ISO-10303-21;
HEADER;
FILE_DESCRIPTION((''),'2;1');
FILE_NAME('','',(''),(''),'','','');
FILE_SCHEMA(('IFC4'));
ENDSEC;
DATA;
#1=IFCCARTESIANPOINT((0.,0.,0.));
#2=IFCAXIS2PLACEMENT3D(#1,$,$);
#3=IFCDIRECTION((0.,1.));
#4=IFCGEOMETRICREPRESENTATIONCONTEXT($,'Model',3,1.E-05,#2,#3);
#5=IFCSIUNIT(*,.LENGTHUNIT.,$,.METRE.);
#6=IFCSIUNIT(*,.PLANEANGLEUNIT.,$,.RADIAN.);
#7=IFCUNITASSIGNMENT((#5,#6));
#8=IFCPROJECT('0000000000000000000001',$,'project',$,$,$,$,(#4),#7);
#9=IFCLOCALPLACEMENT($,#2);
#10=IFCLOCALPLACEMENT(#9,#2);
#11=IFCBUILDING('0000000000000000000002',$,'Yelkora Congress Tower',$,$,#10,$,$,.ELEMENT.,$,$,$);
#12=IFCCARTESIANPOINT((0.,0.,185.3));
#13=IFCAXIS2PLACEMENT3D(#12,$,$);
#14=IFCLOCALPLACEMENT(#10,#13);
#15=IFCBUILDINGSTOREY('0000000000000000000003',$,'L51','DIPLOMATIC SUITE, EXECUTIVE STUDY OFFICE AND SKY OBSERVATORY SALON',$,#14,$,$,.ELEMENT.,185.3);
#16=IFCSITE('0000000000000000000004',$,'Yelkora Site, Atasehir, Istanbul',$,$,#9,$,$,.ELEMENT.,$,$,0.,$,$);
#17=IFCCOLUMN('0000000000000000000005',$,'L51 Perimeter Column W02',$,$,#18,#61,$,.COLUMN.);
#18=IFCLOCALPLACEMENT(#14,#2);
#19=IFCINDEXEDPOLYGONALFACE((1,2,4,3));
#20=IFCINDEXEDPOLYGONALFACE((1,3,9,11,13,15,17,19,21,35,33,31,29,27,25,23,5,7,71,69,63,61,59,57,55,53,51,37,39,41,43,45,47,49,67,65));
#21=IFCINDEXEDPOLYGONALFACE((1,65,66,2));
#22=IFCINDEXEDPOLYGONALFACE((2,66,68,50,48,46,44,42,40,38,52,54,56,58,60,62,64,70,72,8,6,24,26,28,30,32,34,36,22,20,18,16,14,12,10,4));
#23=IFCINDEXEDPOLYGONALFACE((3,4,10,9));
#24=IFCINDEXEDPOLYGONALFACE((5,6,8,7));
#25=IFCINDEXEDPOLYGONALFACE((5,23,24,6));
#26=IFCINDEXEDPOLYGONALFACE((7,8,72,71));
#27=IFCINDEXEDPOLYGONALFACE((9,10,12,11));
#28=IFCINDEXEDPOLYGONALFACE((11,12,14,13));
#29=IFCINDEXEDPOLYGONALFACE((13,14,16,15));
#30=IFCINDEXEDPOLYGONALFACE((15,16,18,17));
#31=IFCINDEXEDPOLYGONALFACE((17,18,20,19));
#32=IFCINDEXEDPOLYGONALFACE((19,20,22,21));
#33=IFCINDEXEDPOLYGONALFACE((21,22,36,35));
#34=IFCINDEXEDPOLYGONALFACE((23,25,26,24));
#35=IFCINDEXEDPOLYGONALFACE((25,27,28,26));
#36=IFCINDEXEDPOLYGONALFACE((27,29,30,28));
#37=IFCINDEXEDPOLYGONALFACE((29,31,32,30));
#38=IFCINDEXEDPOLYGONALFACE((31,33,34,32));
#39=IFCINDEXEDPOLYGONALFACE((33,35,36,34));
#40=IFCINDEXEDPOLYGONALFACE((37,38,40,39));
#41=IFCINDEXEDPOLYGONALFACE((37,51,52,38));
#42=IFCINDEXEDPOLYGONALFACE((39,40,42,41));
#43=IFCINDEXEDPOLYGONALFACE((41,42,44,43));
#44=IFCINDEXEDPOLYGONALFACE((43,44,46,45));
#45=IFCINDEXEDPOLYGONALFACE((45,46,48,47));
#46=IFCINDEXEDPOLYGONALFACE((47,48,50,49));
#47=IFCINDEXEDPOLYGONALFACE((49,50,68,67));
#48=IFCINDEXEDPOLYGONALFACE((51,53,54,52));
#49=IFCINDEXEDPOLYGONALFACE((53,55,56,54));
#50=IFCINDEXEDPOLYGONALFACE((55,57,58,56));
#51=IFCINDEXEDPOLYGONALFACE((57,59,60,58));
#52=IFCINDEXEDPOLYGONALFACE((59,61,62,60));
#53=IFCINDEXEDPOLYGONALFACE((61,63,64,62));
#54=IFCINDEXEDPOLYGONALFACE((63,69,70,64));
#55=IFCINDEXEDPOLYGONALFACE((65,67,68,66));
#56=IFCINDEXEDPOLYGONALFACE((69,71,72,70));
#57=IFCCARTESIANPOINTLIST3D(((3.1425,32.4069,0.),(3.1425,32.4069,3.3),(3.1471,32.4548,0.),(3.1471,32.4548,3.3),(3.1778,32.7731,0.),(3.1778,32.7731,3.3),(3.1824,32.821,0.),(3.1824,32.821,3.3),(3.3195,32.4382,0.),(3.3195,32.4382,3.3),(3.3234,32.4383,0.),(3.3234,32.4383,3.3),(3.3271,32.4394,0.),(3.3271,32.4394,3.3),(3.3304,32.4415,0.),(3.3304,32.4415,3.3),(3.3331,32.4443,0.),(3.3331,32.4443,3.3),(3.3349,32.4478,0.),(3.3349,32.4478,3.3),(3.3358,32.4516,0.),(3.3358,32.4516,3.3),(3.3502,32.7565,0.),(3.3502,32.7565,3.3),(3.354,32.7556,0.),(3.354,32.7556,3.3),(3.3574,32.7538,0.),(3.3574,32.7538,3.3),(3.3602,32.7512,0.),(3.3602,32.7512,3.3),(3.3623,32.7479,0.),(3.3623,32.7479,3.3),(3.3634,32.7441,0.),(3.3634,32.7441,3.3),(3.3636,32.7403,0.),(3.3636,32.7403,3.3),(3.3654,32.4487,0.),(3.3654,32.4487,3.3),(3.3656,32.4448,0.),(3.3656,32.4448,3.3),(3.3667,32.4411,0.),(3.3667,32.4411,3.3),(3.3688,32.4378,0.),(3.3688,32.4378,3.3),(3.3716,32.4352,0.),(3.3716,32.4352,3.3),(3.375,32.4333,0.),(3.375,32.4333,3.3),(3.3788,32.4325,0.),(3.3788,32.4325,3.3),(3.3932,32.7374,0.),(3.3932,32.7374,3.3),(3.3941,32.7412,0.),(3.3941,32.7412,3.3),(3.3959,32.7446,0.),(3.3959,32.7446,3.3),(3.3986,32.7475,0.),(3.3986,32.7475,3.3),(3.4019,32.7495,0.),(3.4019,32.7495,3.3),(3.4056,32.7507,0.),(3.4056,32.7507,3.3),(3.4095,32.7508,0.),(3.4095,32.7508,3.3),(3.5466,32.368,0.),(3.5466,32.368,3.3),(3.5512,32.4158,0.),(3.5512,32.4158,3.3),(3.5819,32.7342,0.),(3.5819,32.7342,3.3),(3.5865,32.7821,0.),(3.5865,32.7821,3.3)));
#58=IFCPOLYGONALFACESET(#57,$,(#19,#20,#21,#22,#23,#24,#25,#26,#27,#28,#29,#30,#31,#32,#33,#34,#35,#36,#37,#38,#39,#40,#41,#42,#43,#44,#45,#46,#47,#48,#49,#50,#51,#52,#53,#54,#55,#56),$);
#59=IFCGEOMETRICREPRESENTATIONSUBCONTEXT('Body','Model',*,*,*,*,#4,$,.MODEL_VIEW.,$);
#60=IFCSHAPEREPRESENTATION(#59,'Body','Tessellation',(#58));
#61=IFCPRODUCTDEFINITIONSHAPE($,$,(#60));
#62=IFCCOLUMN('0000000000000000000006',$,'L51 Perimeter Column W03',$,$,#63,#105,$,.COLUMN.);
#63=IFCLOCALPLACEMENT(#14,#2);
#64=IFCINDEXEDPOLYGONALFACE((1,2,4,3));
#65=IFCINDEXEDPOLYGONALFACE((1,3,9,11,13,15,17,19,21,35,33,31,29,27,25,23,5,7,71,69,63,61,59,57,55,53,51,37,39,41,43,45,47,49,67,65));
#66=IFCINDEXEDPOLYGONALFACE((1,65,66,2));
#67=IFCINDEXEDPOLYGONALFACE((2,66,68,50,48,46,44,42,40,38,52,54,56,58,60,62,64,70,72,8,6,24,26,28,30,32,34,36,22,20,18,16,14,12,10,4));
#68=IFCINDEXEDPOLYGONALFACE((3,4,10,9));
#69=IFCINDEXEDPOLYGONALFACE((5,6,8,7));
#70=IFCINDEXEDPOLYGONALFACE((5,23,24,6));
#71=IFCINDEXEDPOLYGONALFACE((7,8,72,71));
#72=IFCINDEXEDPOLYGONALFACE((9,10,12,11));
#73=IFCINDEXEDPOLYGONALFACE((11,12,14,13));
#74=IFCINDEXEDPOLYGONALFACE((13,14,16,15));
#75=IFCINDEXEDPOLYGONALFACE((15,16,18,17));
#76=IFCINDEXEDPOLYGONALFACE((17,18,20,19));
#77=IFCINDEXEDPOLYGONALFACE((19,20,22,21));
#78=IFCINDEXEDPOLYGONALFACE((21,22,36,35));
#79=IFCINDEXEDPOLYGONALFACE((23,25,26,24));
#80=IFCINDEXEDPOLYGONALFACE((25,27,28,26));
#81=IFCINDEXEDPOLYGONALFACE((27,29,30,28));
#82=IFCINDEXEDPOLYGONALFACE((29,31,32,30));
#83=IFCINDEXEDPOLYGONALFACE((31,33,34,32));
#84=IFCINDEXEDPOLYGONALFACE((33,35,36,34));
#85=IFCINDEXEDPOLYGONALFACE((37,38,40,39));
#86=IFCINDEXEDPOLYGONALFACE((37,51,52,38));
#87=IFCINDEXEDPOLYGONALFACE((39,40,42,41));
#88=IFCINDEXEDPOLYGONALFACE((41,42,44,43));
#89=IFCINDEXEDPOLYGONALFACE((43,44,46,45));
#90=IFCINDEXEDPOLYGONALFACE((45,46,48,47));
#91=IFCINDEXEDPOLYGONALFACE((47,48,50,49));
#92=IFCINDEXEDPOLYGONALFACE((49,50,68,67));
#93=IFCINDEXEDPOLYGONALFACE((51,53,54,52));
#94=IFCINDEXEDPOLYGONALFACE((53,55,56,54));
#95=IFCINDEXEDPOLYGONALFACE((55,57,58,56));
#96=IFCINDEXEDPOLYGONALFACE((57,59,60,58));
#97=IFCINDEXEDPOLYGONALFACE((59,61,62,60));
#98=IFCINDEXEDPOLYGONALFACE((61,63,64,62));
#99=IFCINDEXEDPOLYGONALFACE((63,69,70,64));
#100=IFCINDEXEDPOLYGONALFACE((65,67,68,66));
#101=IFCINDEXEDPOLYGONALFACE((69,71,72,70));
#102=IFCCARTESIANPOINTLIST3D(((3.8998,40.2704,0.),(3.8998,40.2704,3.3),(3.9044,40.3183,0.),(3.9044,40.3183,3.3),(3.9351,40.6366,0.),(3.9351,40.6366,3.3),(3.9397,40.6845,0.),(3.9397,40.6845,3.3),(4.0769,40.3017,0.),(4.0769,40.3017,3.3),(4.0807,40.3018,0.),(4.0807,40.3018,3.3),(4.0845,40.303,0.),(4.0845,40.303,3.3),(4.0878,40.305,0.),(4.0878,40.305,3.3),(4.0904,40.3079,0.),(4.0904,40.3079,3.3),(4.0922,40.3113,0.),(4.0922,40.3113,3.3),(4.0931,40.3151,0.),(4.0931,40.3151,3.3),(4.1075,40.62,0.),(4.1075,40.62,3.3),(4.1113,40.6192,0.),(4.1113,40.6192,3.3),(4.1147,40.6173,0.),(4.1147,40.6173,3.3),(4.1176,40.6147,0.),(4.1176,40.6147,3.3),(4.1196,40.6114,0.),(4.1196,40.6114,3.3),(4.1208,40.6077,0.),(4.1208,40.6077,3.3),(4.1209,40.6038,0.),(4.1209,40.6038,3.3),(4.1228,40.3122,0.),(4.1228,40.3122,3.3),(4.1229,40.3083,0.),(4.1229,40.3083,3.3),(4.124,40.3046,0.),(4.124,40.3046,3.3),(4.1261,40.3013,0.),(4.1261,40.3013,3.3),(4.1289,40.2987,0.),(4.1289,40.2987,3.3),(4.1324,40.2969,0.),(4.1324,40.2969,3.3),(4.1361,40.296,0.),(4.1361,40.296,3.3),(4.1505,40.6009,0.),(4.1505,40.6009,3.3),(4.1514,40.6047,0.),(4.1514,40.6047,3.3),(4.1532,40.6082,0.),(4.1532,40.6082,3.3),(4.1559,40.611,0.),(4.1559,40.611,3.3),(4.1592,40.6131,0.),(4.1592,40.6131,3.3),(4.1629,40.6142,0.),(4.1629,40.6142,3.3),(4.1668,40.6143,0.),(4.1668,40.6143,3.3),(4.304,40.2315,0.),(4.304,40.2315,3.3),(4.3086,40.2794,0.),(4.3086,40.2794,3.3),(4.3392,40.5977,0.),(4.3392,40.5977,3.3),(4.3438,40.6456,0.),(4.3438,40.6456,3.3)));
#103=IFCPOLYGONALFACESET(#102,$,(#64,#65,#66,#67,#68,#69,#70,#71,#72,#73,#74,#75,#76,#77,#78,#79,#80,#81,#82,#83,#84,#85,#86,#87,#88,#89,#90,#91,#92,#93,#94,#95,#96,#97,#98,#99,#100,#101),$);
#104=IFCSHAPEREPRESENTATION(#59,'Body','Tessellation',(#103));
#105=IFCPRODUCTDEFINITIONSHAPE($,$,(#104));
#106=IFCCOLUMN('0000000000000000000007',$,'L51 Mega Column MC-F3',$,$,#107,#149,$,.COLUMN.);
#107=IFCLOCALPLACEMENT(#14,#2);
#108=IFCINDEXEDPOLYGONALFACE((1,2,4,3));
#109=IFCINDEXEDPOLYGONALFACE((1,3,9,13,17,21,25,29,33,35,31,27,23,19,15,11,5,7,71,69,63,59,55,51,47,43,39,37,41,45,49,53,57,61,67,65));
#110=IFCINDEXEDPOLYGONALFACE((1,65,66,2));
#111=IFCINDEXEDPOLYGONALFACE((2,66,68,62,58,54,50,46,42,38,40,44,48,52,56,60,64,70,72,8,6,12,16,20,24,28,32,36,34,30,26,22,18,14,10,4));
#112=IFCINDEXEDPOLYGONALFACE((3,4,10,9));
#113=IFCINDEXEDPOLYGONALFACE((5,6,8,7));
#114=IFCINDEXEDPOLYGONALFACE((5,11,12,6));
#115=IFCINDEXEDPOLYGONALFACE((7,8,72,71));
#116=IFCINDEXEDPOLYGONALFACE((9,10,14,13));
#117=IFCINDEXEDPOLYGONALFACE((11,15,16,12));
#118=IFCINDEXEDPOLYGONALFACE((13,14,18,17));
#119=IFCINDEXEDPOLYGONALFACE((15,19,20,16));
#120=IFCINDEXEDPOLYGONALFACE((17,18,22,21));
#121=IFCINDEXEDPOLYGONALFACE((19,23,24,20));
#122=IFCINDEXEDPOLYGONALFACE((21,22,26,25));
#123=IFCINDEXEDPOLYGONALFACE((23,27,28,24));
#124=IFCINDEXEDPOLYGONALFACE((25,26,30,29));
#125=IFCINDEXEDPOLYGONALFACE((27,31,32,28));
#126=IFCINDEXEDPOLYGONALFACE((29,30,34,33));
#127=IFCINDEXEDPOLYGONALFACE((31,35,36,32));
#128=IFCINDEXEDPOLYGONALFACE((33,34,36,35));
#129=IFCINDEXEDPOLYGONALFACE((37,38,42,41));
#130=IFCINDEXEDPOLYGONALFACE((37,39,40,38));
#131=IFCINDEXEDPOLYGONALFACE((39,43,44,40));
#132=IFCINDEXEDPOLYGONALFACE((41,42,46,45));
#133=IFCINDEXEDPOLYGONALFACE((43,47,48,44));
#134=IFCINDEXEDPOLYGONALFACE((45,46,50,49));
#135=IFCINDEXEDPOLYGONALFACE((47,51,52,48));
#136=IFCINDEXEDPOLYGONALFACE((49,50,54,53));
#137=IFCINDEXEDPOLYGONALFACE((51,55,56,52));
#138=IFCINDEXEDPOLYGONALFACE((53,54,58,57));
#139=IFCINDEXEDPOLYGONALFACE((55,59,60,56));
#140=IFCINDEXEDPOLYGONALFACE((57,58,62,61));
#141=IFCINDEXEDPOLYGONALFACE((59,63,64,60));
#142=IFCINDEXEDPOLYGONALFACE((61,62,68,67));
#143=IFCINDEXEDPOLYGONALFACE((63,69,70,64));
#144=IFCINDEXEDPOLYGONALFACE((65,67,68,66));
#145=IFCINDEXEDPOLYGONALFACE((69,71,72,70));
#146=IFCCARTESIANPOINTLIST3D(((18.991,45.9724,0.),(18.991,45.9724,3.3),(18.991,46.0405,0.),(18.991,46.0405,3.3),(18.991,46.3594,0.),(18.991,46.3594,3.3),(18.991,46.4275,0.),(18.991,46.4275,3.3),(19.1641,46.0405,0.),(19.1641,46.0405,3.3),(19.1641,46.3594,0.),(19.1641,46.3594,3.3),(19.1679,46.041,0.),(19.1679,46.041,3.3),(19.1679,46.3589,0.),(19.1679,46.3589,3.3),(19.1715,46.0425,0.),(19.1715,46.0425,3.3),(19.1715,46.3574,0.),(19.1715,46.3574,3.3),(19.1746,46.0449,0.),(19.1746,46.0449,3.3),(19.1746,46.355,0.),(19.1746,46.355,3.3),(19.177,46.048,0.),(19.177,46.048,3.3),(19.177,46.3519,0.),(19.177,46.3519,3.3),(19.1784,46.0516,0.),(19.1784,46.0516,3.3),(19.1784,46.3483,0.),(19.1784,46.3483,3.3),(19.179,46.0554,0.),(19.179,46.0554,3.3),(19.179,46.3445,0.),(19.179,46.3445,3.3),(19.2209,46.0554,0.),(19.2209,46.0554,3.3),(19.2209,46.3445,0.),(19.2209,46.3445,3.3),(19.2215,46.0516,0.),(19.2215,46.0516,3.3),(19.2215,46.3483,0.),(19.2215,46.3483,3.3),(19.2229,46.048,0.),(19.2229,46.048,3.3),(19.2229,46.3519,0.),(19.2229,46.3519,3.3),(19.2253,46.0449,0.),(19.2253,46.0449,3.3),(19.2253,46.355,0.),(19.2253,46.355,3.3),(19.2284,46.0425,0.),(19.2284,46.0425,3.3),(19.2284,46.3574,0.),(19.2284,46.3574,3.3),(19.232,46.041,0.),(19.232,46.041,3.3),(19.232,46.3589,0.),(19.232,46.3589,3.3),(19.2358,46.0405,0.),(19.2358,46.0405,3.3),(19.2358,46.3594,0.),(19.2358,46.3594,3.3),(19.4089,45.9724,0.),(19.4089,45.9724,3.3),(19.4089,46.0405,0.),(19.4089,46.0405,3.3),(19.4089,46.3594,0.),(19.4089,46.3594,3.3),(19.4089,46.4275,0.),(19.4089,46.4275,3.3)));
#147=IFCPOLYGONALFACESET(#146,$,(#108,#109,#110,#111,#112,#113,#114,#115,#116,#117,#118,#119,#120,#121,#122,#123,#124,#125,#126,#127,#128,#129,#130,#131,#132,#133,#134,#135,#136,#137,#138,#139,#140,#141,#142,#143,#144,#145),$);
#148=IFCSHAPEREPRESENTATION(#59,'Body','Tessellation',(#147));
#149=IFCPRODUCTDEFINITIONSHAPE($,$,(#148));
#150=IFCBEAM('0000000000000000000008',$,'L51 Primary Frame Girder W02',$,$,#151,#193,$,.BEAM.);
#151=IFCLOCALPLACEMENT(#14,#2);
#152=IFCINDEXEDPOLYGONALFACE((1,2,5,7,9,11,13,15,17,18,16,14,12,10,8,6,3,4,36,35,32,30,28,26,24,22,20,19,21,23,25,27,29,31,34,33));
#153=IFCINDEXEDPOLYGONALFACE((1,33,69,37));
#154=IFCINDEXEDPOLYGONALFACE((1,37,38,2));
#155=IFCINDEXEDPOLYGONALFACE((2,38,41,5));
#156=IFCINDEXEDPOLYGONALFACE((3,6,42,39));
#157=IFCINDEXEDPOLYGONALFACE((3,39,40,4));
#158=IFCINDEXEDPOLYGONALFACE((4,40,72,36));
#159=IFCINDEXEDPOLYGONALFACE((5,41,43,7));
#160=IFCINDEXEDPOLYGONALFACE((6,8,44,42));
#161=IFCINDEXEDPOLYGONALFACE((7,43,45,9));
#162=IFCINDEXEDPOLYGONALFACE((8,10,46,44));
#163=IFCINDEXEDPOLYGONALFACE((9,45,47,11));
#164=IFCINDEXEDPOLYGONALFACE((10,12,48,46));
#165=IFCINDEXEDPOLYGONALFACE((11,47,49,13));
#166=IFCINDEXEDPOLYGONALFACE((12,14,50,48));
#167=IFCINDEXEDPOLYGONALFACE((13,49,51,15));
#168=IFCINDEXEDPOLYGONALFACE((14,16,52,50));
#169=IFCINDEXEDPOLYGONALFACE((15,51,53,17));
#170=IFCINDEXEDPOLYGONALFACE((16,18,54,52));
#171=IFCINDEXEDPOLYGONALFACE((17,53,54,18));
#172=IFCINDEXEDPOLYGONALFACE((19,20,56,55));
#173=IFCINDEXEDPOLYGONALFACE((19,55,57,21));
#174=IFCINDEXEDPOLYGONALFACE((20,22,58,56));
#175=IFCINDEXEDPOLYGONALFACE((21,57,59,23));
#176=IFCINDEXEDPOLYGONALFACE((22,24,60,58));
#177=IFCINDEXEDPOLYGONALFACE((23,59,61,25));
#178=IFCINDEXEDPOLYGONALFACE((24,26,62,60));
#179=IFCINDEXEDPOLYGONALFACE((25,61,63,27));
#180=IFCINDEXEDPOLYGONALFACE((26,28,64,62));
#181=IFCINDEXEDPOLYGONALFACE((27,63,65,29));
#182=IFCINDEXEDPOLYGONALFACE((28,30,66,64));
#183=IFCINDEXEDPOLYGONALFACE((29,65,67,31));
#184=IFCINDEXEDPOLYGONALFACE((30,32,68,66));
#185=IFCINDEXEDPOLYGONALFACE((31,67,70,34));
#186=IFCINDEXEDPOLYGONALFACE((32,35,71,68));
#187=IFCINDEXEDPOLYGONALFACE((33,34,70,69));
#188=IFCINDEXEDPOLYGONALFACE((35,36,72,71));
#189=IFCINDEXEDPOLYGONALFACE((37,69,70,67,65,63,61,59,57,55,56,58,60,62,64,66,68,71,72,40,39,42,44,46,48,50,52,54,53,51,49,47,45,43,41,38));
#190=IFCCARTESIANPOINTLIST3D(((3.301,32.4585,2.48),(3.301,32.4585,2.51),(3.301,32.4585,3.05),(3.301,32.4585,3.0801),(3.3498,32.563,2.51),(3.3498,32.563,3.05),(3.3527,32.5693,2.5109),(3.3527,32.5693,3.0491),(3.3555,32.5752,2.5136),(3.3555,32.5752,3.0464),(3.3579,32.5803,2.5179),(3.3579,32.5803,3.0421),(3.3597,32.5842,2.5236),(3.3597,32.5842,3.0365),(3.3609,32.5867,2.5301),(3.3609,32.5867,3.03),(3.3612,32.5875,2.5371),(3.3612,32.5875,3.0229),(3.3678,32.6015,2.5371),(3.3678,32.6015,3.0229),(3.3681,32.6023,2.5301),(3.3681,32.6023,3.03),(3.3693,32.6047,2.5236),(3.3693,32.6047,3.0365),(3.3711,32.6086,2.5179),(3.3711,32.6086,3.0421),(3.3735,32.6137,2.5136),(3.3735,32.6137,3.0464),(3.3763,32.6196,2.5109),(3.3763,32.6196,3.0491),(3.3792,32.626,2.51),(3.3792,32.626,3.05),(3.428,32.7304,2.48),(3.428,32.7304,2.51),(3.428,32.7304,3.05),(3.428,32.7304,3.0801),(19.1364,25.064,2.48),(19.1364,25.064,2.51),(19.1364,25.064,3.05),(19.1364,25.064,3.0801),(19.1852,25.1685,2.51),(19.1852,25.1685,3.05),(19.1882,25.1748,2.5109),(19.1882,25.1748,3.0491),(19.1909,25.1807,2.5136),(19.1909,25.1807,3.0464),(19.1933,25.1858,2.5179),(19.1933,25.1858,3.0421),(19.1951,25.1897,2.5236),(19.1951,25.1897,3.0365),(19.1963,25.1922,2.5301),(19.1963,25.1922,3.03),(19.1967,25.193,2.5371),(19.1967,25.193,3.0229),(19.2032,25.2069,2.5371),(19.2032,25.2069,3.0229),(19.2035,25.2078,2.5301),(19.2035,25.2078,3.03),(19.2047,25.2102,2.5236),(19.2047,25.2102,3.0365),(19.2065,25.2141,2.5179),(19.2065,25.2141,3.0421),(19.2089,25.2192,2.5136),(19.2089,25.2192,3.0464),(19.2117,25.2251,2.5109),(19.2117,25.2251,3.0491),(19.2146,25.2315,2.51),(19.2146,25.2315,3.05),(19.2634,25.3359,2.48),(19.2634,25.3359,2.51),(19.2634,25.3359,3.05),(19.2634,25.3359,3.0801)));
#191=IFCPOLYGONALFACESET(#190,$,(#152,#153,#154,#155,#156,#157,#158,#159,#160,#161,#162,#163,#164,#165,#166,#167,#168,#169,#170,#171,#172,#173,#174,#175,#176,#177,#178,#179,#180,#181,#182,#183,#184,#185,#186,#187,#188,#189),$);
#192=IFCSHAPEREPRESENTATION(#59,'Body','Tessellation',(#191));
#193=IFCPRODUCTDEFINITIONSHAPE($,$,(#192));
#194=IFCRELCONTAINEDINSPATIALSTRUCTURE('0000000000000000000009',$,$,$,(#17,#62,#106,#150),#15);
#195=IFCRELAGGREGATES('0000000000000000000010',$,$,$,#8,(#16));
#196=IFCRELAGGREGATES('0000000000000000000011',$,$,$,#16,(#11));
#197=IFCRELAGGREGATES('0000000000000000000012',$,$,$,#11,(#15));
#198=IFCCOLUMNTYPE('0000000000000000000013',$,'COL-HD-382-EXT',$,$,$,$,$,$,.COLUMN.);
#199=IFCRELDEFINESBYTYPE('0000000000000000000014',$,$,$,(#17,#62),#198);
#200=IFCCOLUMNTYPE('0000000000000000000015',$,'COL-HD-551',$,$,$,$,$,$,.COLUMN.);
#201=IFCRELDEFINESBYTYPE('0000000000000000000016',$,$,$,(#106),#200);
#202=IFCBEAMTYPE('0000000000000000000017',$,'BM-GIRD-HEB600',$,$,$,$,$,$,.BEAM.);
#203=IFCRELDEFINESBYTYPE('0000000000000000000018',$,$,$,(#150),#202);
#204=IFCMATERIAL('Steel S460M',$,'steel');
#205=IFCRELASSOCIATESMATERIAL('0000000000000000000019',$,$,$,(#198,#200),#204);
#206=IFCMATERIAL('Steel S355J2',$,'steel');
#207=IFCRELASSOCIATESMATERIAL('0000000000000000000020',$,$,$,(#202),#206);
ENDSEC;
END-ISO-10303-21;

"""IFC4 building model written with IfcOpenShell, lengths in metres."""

from ifc_helpers import new_model, si_unit, direction, frame, origin, origin_2d, place, context, subcontext, project, spatial, i_section, extrude, material, material_profile, profile_set, type_object, element, save


model = new_model("IFC4")

# Units and contexts
model_context = context("Model", 3, precision=1e-05, world=origin(), true_north=direction((0.0, 1.0)))
body_context = subcontext(model_context, "Body", "Model", "MODEL_VIEW")
ifc_project = project(units=[si_unit("LENGTHUNIT", "METRE"), si_unit("PLANEANGLEUNIT", "RADIAN")], contexts=[model_context])

# Site, building, storey
site_placement = place(None, origin())
site = spatial("IfcSite", under=ifc_project, at=site_placement, Name="Yelkora Site, Atasehir, Istanbul", CompositionType="ELEMENT", RefElevation=0.0)
building_placement = place(site_placement, origin())
building = spatial("IfcBuilding", under=site, at=building_placement, Name="Yelkora Congress Tower", CompositionType="ELEMENT")
storey_placement = place(building_placement, frame((0.0, 0.0, 185.3)))
storey = spatial("IfcBuildingStorey", under=building, at=storey_placement, Name="L51", Description="DIPLOMATIC SUITE, EXECUTIVE STUDY OFFICE AND SKY OBSERVATORY SALON", CompositionType="ELEMENT", Elevation=185.3)

# Columns
ifc_material_1 = material(Name="Steel S460M", Category="steel")
ifc_material_profile_1 = material_profile(ifc_material_1, i_section(OverallWidth=0.406, OverallDepth=0.416, WebThickness=0.0298, FlangeThickness=0.0481, FilletRadius=0.0149, at=origin_2d()), Name="HD 400x382")
ifc_profile_set_1 = profile_set([ifc_material_profile_1], Name="Steel S460M")
column_type_1 = type_object("IfcColumnType", Name="COL-HD-382-EXT", PredefinedType="COLUMN", material=ifc_profile_set_1)
for number, where, z_axis, x_axis, name in (
    (1, (3.3645, 32.5945, 0.0), (0.0, 0.0, 1.0), (0.995396, -0.095846, 0.0), "L51 Perimeter Column W02"),
    (2, (4.1218, 40.458, 0.0), (0.0, 0.0, 1.0), (0.995396, -0.095846, 0.0), "L51 Perimeter Column W03"),
):
    element("IfcColumn", number, at=place(storey_placement, frame(where, z_axis=z_axis, x_axis=x_axis)), inside=storey, type_object=column_type_1, Name=name, PredefinedType="COLUMN", context=body_context, shape_type="SweptSolid", body=[
        extrude(i_section(OverallWidth=0.406, OverallDepth=0.416, WebThickness=0.0298, FlangeThickness=0.0481, FilletRadius=0.0149, at=origin_2d()), origin(), (0.0, 0.0, 1.0), 3.3),
    ])
ifc_material_profile_2 = material_profile(ifc_material_1, i_section(OverallWidth=0.418, OverallDepth=0.4551, WebThickness=0.042, FlangeThickness=0.0681, FilletRadius=0.0149, at=origin_2d()), Name="HD 400x551")
ifc_profile_set_2 = profile_set([ifc_material_profile_2], Name="Steel S460M")
column_type_2 = type_object("IfcColumnType", Name="COL-HD-551", PredefinedType="COLUMN", material=ifc_profile_set_2)
column_placement = place(storey_placement, frame((19.2, 46.2, 0.0), z_axis=(0.0, 0.0, 1.0), x_axis=(1.0, 0.0, 0.0)))
element("IfcColumn", 3, at=column_placement, inside=storey, type_object=column_type_2, Name="L51 Mega Column MC-F3", PredefinedType="COLUMN", context=body_context, shape_type="SweptSolid", body=[
    extrude(i_section(OverallWidth=0.418, OverallDepth=0.4551, WebThickness=0.042, FlangeThickness=0.0681, FilletRadius=0.0149, at=origin_2d()), origin(), (0.0, 0.0, 1.0), 3.3),
])

# Beam
ifc_material_2 = material(Name="Steel S355J2", Category="steel")
ifc_material_profile_3 = material_profile(ifc_material_2, i_section(OverallWidth=0.3, OverallDepth=0.6001, WebThickness=0.0154, FlangeThickness=0.03, FilletRadius=0.0271, at=origin_2d()), Name="HEB 600")
ifc_profile_set_3 = profile_set([ifc_material_profile_3], Name="Steel S355J2")
beam_type_1 = type_object("IfcBeamType", Name="BM-GIRD-HEB600", PredefinedType="BEAM", material=ifc_profile_set_3)
beam_1_placement = place(storey_placement, frame((3.3645, 32.5945, 2.78), z_axis=(0.906081, -0.423104, 0.0), x_axis=(0.423104, 0.906081, 0.0)))
element("IfcBeam", 4, at=beam_1_placement, inside=storey, type_object=beam_type_1, Name="L51 Primary Frame Girder W02", PredefinedType="BEAM", context=body_context, shape_type="SweptSolid", body=[
    extrude(i_section(OverallWidth=0.3, OverallDepth=0.6001, WebThickness=0.0154, FlangeThickness=0.03, FilletRadius=0.0271, at=origin_2d()), origin(), (0.0, 0.0, 1.0), 17.4768),
])

save(model, "model.ifc")
